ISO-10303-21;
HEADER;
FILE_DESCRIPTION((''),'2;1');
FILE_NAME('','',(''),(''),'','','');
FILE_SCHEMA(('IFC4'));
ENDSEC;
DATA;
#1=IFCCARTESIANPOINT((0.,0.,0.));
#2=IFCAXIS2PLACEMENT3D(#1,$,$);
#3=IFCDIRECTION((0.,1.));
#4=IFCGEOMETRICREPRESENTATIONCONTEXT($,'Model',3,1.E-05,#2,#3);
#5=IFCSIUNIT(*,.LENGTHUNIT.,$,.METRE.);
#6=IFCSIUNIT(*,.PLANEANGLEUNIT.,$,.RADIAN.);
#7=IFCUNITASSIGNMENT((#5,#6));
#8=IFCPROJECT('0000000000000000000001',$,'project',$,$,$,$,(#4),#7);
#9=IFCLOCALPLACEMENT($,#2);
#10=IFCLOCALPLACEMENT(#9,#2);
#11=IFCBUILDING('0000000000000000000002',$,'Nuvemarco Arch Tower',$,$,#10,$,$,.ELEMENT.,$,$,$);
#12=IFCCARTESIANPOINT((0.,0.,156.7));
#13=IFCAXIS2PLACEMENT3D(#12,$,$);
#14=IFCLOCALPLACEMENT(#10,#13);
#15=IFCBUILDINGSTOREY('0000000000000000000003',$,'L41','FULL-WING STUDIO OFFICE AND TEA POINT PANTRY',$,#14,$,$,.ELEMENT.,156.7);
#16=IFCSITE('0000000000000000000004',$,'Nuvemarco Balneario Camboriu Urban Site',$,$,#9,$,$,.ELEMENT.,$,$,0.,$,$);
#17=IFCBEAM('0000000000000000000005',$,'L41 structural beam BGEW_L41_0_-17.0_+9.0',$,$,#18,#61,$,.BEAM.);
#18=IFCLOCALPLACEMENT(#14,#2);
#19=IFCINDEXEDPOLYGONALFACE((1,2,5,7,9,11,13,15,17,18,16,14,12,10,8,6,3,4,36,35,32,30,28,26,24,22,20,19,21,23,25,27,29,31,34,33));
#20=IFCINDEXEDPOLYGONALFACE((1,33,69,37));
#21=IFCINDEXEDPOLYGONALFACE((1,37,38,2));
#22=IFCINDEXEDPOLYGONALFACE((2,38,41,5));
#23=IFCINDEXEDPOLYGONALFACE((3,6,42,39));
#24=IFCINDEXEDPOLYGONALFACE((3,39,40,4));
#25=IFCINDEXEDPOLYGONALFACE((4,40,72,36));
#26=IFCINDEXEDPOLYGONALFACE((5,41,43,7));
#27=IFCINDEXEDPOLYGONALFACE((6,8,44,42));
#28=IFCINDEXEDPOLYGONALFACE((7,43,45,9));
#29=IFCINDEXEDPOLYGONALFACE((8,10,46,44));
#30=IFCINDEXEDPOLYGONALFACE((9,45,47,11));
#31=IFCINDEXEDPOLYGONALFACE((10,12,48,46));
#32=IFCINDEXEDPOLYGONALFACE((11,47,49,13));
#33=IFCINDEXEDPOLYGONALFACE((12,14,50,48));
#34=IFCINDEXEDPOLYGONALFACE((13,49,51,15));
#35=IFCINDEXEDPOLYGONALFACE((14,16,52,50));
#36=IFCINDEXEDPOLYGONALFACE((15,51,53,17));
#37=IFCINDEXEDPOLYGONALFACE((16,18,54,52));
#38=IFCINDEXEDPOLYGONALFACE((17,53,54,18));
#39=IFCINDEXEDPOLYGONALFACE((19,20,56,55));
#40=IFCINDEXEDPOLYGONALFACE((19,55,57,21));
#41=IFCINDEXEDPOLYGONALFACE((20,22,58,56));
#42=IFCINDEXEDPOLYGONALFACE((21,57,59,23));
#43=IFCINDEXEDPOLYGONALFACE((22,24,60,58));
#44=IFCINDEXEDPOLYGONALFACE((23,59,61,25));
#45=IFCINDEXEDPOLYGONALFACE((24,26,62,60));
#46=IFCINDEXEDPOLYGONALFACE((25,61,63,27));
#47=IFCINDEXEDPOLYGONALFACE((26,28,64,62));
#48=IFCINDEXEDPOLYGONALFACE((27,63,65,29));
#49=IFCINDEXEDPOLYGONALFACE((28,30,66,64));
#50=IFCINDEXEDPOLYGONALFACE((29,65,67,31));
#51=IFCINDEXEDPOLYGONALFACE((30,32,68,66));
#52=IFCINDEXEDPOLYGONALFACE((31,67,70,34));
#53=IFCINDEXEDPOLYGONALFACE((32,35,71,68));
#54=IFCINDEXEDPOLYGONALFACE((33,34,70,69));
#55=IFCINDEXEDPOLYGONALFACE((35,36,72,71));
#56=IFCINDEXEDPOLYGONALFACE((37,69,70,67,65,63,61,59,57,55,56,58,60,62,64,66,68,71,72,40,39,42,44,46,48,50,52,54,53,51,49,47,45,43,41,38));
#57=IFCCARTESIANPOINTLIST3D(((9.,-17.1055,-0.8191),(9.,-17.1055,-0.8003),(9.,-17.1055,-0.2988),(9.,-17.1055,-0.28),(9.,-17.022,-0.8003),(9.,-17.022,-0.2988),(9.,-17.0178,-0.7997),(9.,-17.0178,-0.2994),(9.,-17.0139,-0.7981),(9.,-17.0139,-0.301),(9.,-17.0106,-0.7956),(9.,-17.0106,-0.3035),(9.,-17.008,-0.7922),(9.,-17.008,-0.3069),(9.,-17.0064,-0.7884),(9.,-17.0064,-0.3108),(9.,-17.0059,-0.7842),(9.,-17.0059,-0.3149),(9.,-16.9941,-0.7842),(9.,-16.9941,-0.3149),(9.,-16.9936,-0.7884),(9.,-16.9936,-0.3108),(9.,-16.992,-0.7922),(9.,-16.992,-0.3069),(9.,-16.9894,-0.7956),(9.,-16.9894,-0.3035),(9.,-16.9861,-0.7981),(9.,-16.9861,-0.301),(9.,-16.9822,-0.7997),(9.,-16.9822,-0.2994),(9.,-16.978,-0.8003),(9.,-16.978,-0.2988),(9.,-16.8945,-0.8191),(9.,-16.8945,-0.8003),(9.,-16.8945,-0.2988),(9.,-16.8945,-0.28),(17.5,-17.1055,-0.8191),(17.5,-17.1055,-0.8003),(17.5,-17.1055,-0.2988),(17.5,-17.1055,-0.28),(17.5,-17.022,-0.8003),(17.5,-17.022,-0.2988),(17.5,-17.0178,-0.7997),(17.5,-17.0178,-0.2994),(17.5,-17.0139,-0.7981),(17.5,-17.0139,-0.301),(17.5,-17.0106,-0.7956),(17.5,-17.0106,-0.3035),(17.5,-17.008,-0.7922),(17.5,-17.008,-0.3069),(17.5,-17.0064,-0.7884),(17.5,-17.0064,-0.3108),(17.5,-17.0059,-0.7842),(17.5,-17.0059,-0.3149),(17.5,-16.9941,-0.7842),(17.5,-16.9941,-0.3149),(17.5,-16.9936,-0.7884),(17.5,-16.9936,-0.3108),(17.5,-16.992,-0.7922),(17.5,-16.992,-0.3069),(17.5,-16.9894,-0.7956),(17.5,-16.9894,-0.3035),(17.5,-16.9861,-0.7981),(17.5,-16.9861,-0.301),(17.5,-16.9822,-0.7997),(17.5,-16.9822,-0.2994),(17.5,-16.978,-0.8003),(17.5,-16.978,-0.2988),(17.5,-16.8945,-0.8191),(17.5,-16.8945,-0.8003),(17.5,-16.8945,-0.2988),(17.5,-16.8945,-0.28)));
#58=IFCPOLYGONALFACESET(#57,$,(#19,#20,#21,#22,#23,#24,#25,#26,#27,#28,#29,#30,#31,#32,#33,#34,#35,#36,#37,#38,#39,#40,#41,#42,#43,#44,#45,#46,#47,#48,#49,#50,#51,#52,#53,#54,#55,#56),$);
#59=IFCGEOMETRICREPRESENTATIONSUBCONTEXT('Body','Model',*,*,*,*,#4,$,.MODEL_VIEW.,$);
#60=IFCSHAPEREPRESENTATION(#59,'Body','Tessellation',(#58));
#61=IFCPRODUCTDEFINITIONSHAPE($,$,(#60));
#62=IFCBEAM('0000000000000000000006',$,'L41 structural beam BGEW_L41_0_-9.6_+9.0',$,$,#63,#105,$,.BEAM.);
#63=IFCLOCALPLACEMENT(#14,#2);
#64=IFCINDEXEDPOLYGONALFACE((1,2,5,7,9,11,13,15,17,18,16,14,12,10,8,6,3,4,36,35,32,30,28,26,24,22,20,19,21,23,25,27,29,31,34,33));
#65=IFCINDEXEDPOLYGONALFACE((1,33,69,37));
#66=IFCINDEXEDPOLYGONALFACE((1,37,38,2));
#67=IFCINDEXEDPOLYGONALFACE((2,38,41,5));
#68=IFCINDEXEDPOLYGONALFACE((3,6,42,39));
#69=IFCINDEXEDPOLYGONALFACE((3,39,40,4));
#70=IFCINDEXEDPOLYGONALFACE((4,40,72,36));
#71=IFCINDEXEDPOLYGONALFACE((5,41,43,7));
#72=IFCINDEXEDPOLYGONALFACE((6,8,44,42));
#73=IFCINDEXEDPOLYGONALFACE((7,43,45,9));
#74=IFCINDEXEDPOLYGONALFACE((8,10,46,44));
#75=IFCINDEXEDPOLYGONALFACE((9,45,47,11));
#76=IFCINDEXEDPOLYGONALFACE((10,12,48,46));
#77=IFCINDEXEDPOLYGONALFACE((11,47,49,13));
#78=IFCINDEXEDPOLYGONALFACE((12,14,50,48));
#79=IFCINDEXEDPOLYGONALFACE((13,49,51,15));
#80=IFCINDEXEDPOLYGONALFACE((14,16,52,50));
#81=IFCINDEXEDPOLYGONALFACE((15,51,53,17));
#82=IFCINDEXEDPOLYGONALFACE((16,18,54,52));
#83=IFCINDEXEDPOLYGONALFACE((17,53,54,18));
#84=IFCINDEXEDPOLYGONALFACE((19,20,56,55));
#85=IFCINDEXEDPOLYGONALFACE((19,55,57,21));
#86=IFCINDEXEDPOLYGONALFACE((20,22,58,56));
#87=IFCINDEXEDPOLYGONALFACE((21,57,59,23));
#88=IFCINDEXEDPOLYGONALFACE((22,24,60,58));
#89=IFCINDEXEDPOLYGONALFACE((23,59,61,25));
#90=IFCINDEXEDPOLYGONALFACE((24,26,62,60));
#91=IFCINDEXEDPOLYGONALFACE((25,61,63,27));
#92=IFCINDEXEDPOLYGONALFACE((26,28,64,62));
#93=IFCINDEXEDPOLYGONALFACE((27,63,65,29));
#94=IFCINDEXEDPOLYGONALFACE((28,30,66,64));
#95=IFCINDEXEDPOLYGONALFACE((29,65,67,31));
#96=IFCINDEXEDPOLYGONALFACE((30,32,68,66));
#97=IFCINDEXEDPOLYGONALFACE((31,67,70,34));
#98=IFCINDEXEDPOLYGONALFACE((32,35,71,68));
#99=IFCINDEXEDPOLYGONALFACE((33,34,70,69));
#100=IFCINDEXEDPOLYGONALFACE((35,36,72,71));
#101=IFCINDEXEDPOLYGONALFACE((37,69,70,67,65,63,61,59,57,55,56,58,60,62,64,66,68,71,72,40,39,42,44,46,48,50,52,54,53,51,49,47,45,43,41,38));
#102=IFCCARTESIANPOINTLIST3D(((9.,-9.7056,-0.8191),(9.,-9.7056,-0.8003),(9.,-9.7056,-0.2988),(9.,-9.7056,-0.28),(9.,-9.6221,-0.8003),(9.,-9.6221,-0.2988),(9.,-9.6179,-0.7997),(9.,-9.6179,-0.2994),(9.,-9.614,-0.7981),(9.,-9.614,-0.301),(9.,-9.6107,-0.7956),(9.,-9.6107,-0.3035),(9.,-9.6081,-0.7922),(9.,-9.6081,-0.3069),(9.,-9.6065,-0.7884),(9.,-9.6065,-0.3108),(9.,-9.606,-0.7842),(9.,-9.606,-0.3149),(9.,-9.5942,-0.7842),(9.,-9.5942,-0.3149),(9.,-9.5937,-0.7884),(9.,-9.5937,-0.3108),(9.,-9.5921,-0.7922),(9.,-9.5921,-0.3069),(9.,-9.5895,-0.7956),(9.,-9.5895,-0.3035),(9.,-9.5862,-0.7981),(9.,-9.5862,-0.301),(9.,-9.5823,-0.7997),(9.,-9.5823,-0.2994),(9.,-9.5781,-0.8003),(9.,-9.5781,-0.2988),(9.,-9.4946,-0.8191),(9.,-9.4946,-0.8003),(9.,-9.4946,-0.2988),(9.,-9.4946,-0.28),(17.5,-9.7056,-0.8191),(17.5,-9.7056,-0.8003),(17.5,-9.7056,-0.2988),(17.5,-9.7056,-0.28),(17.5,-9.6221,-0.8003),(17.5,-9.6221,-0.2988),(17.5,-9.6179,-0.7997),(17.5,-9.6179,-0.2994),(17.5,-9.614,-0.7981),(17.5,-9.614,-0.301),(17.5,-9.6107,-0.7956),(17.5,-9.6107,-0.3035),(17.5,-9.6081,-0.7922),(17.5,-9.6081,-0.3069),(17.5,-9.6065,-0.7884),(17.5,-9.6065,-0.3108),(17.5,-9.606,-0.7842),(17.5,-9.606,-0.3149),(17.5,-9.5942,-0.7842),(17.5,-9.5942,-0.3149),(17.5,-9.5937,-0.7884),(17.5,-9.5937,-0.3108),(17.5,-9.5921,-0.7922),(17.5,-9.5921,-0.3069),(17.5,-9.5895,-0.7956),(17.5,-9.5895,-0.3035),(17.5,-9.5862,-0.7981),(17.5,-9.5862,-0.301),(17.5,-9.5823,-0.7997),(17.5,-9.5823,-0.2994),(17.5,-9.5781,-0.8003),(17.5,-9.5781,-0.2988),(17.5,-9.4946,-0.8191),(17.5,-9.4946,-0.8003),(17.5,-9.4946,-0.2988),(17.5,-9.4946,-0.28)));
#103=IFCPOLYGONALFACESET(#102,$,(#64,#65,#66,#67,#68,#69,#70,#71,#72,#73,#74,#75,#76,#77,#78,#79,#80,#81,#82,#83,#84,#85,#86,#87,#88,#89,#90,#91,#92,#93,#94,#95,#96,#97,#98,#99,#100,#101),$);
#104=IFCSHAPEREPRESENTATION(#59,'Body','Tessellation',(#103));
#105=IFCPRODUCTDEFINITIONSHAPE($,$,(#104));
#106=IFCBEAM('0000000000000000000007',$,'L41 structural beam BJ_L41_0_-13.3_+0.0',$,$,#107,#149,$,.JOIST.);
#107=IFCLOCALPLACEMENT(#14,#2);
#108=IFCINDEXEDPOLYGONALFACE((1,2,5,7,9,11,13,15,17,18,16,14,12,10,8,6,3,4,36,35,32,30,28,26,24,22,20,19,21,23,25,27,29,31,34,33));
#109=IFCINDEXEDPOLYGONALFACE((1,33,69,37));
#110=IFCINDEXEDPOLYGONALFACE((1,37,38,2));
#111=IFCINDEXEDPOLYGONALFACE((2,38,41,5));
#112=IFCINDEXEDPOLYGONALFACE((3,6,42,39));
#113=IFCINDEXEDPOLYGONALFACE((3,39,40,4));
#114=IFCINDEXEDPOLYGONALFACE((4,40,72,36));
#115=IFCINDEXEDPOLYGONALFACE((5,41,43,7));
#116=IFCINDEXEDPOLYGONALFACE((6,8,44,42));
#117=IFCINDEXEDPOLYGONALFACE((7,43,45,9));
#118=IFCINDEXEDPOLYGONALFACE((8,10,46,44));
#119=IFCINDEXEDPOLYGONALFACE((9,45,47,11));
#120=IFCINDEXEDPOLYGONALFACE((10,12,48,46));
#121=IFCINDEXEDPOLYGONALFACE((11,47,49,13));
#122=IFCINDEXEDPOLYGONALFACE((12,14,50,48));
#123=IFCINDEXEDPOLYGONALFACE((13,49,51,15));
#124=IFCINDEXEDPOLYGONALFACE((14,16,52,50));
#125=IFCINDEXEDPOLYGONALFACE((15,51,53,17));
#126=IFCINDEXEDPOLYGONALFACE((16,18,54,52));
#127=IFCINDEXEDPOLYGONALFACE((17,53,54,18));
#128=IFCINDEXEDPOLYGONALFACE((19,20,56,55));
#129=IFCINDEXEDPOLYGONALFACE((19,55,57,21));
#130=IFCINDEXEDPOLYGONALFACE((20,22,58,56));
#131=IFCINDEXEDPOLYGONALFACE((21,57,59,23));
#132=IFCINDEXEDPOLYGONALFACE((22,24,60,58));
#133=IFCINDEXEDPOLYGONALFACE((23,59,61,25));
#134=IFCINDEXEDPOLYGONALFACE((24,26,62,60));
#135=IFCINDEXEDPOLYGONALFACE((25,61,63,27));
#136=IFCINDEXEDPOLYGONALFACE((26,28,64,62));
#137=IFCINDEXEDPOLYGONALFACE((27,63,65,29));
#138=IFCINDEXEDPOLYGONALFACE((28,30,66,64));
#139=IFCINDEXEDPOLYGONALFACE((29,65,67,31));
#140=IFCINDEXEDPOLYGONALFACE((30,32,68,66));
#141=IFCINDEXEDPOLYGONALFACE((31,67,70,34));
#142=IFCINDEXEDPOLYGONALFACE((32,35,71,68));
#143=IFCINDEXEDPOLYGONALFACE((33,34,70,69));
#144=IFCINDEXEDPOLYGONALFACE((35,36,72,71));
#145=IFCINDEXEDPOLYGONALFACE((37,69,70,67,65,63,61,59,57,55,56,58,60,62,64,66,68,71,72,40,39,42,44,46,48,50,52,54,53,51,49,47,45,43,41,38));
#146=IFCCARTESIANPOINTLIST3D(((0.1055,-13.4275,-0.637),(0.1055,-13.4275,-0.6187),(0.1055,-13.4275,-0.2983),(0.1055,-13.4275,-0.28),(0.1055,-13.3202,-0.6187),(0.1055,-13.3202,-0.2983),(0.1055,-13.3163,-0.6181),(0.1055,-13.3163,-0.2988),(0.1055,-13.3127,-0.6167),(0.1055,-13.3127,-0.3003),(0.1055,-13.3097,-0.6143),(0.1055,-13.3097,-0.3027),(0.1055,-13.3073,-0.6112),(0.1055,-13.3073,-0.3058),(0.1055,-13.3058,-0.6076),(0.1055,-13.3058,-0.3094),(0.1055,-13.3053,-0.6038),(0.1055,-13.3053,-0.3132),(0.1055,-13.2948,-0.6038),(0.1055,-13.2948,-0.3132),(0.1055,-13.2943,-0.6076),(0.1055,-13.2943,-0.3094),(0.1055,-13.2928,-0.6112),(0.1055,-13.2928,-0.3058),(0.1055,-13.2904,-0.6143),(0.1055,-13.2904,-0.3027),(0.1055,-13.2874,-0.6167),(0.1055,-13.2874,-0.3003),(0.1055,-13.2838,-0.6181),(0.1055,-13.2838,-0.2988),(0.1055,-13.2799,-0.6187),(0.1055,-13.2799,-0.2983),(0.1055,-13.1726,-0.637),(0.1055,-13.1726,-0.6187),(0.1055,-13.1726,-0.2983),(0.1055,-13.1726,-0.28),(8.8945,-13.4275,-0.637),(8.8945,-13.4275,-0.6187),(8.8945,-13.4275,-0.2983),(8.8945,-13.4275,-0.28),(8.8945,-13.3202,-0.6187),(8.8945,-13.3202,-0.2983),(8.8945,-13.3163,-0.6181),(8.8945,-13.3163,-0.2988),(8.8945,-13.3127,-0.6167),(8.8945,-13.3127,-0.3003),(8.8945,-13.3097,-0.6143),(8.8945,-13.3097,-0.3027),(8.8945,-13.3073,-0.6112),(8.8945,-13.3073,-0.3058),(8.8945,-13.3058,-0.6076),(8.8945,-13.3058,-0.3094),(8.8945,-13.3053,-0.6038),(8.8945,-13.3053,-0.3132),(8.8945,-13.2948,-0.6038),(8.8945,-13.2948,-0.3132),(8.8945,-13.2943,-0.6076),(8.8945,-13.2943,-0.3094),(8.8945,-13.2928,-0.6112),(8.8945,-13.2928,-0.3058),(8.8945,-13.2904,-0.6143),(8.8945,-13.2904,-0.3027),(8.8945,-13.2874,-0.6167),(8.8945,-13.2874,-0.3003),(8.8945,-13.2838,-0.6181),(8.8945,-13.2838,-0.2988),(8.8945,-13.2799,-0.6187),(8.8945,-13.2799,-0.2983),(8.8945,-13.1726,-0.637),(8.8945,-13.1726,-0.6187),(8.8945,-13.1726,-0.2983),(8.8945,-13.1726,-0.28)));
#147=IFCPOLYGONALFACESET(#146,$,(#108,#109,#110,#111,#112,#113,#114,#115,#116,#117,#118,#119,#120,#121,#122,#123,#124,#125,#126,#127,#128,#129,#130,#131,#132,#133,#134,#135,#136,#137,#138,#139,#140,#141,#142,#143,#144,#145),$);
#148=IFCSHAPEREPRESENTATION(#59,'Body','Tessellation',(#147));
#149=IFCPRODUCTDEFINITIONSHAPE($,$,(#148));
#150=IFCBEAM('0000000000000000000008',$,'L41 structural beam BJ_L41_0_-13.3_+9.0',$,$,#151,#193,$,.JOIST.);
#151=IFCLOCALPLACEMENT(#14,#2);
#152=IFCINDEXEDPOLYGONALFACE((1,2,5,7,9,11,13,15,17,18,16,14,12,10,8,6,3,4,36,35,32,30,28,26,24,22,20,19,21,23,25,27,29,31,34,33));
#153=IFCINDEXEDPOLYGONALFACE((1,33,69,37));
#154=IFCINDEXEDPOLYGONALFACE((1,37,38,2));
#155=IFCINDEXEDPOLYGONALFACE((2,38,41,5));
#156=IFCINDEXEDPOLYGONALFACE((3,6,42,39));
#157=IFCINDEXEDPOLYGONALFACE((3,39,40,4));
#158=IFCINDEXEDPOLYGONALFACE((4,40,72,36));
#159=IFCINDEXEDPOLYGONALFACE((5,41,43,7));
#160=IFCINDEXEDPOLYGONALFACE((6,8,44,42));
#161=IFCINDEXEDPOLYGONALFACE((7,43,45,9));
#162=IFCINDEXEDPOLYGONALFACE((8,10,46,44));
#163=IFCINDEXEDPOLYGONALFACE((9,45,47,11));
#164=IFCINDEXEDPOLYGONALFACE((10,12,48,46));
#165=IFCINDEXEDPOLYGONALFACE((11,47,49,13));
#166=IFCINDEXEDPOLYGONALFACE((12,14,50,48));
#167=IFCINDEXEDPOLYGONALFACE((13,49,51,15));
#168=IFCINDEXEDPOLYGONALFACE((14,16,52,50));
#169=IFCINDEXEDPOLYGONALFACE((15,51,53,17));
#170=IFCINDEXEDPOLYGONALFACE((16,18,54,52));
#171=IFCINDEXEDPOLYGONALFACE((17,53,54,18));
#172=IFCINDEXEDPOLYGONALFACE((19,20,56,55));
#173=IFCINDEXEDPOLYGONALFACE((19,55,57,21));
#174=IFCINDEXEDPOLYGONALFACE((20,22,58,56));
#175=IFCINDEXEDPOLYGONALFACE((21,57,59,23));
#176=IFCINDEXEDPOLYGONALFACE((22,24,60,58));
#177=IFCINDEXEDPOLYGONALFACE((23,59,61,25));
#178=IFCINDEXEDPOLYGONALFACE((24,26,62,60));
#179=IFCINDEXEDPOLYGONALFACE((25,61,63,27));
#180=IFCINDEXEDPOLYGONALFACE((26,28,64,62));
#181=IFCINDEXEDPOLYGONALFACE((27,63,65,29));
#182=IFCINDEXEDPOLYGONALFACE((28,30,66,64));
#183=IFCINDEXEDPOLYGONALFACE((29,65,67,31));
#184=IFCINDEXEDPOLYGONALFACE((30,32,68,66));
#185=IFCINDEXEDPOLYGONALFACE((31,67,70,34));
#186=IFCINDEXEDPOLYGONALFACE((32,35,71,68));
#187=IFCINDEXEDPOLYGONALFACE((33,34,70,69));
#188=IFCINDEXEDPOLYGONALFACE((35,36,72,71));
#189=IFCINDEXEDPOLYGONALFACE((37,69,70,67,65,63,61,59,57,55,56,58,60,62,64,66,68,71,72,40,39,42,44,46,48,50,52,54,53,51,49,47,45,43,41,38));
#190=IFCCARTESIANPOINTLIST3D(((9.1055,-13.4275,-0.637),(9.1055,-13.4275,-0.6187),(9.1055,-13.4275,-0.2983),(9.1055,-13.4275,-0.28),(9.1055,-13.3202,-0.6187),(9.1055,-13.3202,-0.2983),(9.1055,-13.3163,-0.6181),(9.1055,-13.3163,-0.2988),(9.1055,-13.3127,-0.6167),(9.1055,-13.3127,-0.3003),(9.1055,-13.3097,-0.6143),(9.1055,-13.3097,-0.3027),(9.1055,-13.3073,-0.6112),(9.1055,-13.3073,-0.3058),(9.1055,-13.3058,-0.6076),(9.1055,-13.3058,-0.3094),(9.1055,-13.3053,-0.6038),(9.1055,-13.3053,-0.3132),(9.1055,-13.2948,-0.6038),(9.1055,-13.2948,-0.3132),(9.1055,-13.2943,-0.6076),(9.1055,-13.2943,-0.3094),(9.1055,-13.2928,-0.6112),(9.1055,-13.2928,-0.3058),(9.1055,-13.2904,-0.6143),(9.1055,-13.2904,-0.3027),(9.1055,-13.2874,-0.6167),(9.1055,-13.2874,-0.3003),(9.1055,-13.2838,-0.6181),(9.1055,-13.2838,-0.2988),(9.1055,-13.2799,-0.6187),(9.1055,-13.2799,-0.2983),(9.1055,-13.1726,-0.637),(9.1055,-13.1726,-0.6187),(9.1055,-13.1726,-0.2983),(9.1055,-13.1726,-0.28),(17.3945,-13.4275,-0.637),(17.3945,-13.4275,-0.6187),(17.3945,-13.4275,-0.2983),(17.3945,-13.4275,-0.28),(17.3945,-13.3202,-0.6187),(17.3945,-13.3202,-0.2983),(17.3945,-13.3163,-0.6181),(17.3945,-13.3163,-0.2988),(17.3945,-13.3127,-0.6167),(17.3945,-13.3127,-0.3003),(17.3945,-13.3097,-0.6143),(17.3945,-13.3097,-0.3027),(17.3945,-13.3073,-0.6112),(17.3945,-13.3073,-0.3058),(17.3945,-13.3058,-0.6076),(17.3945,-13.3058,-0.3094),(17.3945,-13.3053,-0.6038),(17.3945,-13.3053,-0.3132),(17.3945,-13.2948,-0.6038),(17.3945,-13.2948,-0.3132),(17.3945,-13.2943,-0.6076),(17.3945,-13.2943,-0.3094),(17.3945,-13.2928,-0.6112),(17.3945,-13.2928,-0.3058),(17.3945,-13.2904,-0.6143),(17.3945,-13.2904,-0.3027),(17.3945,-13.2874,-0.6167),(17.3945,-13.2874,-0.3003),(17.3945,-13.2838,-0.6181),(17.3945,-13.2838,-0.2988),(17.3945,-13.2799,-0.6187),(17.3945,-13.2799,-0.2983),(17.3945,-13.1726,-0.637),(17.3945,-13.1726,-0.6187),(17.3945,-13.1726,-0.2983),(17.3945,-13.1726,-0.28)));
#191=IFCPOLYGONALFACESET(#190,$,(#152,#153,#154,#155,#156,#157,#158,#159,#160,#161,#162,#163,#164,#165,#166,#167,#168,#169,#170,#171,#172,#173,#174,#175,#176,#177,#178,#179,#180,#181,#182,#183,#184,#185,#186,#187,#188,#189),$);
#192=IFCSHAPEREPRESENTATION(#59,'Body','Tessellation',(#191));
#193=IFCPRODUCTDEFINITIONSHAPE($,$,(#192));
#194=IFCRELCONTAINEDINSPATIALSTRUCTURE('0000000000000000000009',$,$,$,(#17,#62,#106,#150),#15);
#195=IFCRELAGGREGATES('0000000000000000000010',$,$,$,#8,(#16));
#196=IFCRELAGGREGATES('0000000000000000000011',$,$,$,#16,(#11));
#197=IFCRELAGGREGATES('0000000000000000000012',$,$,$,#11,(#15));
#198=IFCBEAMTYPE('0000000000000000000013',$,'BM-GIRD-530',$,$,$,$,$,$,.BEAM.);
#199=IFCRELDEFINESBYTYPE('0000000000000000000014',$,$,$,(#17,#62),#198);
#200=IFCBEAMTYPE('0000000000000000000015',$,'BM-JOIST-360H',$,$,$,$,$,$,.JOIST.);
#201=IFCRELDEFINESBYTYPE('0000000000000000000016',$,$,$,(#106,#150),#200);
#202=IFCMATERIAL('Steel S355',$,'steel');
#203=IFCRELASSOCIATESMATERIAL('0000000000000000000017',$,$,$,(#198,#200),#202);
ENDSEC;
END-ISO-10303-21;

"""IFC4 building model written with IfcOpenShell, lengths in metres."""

from ifc_helpers import new_model, si_unit, direction, frame, origin, origin_2d, place, context, subcontext, project, spatial, i_section, extrude, material, material_profile, profile_set, type_object, element, save


model = new_model("IFC4")

# Units and contexts
model_context = context("Model", 3, precision=1e-05, world=origin(), true_north=direction((0.0, 1.0)))
body_context = subcontext(model_context, "Body", "Model", "MODEL_VIEW")
ifc_project = project(units=[si_unit("LENGTHUNIT", "METRE"), si_unit("PLANEANGLEUNIT", "RADIAN")], contexts=[model_context])

# Site, building, storey
site_placement = place(None, origin())
site = spatial("IfcSite", under=ifc_project, at=site_placement, Name="Nuvemarco Balneario Camboriu Urban Site", CompositionType="ELEMENT", RefElevation=0.0)
building_placement = place(site_placement, origin())
building = spatial("IfcBuilding", under=site, at=building_placement, Name="Nuvemarco Arch Tower", CompositionType="ELEMENT")
storey_placement = place(building_placement, frame((0.0, 0.0, 156.7)))
storey = spatial("IfcBuildingStorey", under=building, at=storey_placement, Name="L41", Description="FULL-WING STUDIO OFFICE AND TEA POINT PANTRY", CompositionType="ELEMENT", Elevation=156.7)

# Shared definitions
ifc_material_1 = material(Name="Steel S355", Category="steel")

# Beams
ifc_material_profile_1 = material_profile(ifc_material_1, i_section(OverallWidth=0.2109, OverallDepth=0.5391, WebThickness=0.0117, FlangeThickness=0.0188, FilletRadius=0.0161, at=origin_2d()), Name="W530x109")
ifc_profile_set_1 = profile_set([ifc_material_profile_1], Name="Steel S355")
beam_type_1 = type_object("IfcBeamType", Name="BM-GIRD-530", PredefinedType="BEAM", material=ifc_profile_set_1)
for number, where, z_axis, x_axis, name in (
    (1, (9.0, -17.0, -0.5496), (1.0, 0.0, 0.0), (0.0, 1.0, 0.0), "L41 structural beam BGEW_L41_0_-17.0_+9.0"),
    (2, (9.0, -9.6001, -0.5496), (1.0, 0.0, 0.0), (0.0, 1.0, 0.0), "L41 structural beam BGEW_L41_0_-9.6_+9.0"),
):
    element("IfcBeam", number, at=place(storey_placement, frame(where, z_axis=z_axis, x_axis=x_axis)), inside=storey, type_object=beam_type_1, Name=name, PredefinedType="BEAM", context=body_context, shape_type="SweptSolid", body=[
        extrude(i_section(OverallWidth=0.2109, OverallDepth=0.5391, WebThickness=0.0117, FlangeThickness=0.0188, FilletRadius=0.0161, at=origin_2d()), origin(), (0.0, 0.0, 1.0), 8.5),
    ])
ifc_material_profile_2 = material_profile(ifc_material_1, i_section(OverallWidth=0.2549, OverallDepth=0.3569, WebThickness=0.0105, FlangeThickness=0.0183, FilletRadius=0.0149, at=origin_2d()), Name="W360x101")
ifc_profile_set_2 = profile_set([ifc_material_profile_2], Name="Steel S355")
beam_type_2 = type_object("IfcBeamType", Name="BM-JOIST-360H", PredefinedType="JOIST", material=ifc_profile_set_2)
beam_1_placement = place(storey_placement, frame((0.1055, -13.3, -0.4585), z_axis=(1.0, 0.0, 0.0), x_axis=(0.0, 1.0, 0.0)))
element("IfcBeam", 3, at=beam_1_placement, inside=storey, type_object=beam_type_2, Name="L41 structural beam BJ_L41_0_-13.3_+0.0", PredefinedType="JOIST", context=body_context, shape_type="SweptSolid", body=[
    extrude(i_section(OverallWidth=0.2549, OverallDepth=0.3569, WebThickness=0.0105, FlangeThickness=0.0183, FilletRadius=0.0149, at=origin_2d()), origin(), (0.0, 0.0, 1.0), 8.7891),
])
beam_2_placement = place(storey_placement, frame((9.1055, -13.3, -0.4585), z_axis=(1.0, 0.0, 0.0), x_axis=(0.0, 1.0, 0.0)))
element("IfcBeam", 4, at=beam_2_placement, inside=storey, type_object=beam_type_2, Name="L41 structural beam BJ_L41_0_-13.3_+9.0", PredefinedType="JOIST", context=body_context, shape_type="SweptSolid", body=[
    extrude(i_section(OverallWidth=0.2549, OverallDepth=0.3569, WebThickness=0.0105, FlangeThickness=0.0183, FilletRadius=0.0149, at=origin_2d()), origin(), (0.0, 0.0, 1.0), 8.2891),
])

save(model, "model.ifc")
